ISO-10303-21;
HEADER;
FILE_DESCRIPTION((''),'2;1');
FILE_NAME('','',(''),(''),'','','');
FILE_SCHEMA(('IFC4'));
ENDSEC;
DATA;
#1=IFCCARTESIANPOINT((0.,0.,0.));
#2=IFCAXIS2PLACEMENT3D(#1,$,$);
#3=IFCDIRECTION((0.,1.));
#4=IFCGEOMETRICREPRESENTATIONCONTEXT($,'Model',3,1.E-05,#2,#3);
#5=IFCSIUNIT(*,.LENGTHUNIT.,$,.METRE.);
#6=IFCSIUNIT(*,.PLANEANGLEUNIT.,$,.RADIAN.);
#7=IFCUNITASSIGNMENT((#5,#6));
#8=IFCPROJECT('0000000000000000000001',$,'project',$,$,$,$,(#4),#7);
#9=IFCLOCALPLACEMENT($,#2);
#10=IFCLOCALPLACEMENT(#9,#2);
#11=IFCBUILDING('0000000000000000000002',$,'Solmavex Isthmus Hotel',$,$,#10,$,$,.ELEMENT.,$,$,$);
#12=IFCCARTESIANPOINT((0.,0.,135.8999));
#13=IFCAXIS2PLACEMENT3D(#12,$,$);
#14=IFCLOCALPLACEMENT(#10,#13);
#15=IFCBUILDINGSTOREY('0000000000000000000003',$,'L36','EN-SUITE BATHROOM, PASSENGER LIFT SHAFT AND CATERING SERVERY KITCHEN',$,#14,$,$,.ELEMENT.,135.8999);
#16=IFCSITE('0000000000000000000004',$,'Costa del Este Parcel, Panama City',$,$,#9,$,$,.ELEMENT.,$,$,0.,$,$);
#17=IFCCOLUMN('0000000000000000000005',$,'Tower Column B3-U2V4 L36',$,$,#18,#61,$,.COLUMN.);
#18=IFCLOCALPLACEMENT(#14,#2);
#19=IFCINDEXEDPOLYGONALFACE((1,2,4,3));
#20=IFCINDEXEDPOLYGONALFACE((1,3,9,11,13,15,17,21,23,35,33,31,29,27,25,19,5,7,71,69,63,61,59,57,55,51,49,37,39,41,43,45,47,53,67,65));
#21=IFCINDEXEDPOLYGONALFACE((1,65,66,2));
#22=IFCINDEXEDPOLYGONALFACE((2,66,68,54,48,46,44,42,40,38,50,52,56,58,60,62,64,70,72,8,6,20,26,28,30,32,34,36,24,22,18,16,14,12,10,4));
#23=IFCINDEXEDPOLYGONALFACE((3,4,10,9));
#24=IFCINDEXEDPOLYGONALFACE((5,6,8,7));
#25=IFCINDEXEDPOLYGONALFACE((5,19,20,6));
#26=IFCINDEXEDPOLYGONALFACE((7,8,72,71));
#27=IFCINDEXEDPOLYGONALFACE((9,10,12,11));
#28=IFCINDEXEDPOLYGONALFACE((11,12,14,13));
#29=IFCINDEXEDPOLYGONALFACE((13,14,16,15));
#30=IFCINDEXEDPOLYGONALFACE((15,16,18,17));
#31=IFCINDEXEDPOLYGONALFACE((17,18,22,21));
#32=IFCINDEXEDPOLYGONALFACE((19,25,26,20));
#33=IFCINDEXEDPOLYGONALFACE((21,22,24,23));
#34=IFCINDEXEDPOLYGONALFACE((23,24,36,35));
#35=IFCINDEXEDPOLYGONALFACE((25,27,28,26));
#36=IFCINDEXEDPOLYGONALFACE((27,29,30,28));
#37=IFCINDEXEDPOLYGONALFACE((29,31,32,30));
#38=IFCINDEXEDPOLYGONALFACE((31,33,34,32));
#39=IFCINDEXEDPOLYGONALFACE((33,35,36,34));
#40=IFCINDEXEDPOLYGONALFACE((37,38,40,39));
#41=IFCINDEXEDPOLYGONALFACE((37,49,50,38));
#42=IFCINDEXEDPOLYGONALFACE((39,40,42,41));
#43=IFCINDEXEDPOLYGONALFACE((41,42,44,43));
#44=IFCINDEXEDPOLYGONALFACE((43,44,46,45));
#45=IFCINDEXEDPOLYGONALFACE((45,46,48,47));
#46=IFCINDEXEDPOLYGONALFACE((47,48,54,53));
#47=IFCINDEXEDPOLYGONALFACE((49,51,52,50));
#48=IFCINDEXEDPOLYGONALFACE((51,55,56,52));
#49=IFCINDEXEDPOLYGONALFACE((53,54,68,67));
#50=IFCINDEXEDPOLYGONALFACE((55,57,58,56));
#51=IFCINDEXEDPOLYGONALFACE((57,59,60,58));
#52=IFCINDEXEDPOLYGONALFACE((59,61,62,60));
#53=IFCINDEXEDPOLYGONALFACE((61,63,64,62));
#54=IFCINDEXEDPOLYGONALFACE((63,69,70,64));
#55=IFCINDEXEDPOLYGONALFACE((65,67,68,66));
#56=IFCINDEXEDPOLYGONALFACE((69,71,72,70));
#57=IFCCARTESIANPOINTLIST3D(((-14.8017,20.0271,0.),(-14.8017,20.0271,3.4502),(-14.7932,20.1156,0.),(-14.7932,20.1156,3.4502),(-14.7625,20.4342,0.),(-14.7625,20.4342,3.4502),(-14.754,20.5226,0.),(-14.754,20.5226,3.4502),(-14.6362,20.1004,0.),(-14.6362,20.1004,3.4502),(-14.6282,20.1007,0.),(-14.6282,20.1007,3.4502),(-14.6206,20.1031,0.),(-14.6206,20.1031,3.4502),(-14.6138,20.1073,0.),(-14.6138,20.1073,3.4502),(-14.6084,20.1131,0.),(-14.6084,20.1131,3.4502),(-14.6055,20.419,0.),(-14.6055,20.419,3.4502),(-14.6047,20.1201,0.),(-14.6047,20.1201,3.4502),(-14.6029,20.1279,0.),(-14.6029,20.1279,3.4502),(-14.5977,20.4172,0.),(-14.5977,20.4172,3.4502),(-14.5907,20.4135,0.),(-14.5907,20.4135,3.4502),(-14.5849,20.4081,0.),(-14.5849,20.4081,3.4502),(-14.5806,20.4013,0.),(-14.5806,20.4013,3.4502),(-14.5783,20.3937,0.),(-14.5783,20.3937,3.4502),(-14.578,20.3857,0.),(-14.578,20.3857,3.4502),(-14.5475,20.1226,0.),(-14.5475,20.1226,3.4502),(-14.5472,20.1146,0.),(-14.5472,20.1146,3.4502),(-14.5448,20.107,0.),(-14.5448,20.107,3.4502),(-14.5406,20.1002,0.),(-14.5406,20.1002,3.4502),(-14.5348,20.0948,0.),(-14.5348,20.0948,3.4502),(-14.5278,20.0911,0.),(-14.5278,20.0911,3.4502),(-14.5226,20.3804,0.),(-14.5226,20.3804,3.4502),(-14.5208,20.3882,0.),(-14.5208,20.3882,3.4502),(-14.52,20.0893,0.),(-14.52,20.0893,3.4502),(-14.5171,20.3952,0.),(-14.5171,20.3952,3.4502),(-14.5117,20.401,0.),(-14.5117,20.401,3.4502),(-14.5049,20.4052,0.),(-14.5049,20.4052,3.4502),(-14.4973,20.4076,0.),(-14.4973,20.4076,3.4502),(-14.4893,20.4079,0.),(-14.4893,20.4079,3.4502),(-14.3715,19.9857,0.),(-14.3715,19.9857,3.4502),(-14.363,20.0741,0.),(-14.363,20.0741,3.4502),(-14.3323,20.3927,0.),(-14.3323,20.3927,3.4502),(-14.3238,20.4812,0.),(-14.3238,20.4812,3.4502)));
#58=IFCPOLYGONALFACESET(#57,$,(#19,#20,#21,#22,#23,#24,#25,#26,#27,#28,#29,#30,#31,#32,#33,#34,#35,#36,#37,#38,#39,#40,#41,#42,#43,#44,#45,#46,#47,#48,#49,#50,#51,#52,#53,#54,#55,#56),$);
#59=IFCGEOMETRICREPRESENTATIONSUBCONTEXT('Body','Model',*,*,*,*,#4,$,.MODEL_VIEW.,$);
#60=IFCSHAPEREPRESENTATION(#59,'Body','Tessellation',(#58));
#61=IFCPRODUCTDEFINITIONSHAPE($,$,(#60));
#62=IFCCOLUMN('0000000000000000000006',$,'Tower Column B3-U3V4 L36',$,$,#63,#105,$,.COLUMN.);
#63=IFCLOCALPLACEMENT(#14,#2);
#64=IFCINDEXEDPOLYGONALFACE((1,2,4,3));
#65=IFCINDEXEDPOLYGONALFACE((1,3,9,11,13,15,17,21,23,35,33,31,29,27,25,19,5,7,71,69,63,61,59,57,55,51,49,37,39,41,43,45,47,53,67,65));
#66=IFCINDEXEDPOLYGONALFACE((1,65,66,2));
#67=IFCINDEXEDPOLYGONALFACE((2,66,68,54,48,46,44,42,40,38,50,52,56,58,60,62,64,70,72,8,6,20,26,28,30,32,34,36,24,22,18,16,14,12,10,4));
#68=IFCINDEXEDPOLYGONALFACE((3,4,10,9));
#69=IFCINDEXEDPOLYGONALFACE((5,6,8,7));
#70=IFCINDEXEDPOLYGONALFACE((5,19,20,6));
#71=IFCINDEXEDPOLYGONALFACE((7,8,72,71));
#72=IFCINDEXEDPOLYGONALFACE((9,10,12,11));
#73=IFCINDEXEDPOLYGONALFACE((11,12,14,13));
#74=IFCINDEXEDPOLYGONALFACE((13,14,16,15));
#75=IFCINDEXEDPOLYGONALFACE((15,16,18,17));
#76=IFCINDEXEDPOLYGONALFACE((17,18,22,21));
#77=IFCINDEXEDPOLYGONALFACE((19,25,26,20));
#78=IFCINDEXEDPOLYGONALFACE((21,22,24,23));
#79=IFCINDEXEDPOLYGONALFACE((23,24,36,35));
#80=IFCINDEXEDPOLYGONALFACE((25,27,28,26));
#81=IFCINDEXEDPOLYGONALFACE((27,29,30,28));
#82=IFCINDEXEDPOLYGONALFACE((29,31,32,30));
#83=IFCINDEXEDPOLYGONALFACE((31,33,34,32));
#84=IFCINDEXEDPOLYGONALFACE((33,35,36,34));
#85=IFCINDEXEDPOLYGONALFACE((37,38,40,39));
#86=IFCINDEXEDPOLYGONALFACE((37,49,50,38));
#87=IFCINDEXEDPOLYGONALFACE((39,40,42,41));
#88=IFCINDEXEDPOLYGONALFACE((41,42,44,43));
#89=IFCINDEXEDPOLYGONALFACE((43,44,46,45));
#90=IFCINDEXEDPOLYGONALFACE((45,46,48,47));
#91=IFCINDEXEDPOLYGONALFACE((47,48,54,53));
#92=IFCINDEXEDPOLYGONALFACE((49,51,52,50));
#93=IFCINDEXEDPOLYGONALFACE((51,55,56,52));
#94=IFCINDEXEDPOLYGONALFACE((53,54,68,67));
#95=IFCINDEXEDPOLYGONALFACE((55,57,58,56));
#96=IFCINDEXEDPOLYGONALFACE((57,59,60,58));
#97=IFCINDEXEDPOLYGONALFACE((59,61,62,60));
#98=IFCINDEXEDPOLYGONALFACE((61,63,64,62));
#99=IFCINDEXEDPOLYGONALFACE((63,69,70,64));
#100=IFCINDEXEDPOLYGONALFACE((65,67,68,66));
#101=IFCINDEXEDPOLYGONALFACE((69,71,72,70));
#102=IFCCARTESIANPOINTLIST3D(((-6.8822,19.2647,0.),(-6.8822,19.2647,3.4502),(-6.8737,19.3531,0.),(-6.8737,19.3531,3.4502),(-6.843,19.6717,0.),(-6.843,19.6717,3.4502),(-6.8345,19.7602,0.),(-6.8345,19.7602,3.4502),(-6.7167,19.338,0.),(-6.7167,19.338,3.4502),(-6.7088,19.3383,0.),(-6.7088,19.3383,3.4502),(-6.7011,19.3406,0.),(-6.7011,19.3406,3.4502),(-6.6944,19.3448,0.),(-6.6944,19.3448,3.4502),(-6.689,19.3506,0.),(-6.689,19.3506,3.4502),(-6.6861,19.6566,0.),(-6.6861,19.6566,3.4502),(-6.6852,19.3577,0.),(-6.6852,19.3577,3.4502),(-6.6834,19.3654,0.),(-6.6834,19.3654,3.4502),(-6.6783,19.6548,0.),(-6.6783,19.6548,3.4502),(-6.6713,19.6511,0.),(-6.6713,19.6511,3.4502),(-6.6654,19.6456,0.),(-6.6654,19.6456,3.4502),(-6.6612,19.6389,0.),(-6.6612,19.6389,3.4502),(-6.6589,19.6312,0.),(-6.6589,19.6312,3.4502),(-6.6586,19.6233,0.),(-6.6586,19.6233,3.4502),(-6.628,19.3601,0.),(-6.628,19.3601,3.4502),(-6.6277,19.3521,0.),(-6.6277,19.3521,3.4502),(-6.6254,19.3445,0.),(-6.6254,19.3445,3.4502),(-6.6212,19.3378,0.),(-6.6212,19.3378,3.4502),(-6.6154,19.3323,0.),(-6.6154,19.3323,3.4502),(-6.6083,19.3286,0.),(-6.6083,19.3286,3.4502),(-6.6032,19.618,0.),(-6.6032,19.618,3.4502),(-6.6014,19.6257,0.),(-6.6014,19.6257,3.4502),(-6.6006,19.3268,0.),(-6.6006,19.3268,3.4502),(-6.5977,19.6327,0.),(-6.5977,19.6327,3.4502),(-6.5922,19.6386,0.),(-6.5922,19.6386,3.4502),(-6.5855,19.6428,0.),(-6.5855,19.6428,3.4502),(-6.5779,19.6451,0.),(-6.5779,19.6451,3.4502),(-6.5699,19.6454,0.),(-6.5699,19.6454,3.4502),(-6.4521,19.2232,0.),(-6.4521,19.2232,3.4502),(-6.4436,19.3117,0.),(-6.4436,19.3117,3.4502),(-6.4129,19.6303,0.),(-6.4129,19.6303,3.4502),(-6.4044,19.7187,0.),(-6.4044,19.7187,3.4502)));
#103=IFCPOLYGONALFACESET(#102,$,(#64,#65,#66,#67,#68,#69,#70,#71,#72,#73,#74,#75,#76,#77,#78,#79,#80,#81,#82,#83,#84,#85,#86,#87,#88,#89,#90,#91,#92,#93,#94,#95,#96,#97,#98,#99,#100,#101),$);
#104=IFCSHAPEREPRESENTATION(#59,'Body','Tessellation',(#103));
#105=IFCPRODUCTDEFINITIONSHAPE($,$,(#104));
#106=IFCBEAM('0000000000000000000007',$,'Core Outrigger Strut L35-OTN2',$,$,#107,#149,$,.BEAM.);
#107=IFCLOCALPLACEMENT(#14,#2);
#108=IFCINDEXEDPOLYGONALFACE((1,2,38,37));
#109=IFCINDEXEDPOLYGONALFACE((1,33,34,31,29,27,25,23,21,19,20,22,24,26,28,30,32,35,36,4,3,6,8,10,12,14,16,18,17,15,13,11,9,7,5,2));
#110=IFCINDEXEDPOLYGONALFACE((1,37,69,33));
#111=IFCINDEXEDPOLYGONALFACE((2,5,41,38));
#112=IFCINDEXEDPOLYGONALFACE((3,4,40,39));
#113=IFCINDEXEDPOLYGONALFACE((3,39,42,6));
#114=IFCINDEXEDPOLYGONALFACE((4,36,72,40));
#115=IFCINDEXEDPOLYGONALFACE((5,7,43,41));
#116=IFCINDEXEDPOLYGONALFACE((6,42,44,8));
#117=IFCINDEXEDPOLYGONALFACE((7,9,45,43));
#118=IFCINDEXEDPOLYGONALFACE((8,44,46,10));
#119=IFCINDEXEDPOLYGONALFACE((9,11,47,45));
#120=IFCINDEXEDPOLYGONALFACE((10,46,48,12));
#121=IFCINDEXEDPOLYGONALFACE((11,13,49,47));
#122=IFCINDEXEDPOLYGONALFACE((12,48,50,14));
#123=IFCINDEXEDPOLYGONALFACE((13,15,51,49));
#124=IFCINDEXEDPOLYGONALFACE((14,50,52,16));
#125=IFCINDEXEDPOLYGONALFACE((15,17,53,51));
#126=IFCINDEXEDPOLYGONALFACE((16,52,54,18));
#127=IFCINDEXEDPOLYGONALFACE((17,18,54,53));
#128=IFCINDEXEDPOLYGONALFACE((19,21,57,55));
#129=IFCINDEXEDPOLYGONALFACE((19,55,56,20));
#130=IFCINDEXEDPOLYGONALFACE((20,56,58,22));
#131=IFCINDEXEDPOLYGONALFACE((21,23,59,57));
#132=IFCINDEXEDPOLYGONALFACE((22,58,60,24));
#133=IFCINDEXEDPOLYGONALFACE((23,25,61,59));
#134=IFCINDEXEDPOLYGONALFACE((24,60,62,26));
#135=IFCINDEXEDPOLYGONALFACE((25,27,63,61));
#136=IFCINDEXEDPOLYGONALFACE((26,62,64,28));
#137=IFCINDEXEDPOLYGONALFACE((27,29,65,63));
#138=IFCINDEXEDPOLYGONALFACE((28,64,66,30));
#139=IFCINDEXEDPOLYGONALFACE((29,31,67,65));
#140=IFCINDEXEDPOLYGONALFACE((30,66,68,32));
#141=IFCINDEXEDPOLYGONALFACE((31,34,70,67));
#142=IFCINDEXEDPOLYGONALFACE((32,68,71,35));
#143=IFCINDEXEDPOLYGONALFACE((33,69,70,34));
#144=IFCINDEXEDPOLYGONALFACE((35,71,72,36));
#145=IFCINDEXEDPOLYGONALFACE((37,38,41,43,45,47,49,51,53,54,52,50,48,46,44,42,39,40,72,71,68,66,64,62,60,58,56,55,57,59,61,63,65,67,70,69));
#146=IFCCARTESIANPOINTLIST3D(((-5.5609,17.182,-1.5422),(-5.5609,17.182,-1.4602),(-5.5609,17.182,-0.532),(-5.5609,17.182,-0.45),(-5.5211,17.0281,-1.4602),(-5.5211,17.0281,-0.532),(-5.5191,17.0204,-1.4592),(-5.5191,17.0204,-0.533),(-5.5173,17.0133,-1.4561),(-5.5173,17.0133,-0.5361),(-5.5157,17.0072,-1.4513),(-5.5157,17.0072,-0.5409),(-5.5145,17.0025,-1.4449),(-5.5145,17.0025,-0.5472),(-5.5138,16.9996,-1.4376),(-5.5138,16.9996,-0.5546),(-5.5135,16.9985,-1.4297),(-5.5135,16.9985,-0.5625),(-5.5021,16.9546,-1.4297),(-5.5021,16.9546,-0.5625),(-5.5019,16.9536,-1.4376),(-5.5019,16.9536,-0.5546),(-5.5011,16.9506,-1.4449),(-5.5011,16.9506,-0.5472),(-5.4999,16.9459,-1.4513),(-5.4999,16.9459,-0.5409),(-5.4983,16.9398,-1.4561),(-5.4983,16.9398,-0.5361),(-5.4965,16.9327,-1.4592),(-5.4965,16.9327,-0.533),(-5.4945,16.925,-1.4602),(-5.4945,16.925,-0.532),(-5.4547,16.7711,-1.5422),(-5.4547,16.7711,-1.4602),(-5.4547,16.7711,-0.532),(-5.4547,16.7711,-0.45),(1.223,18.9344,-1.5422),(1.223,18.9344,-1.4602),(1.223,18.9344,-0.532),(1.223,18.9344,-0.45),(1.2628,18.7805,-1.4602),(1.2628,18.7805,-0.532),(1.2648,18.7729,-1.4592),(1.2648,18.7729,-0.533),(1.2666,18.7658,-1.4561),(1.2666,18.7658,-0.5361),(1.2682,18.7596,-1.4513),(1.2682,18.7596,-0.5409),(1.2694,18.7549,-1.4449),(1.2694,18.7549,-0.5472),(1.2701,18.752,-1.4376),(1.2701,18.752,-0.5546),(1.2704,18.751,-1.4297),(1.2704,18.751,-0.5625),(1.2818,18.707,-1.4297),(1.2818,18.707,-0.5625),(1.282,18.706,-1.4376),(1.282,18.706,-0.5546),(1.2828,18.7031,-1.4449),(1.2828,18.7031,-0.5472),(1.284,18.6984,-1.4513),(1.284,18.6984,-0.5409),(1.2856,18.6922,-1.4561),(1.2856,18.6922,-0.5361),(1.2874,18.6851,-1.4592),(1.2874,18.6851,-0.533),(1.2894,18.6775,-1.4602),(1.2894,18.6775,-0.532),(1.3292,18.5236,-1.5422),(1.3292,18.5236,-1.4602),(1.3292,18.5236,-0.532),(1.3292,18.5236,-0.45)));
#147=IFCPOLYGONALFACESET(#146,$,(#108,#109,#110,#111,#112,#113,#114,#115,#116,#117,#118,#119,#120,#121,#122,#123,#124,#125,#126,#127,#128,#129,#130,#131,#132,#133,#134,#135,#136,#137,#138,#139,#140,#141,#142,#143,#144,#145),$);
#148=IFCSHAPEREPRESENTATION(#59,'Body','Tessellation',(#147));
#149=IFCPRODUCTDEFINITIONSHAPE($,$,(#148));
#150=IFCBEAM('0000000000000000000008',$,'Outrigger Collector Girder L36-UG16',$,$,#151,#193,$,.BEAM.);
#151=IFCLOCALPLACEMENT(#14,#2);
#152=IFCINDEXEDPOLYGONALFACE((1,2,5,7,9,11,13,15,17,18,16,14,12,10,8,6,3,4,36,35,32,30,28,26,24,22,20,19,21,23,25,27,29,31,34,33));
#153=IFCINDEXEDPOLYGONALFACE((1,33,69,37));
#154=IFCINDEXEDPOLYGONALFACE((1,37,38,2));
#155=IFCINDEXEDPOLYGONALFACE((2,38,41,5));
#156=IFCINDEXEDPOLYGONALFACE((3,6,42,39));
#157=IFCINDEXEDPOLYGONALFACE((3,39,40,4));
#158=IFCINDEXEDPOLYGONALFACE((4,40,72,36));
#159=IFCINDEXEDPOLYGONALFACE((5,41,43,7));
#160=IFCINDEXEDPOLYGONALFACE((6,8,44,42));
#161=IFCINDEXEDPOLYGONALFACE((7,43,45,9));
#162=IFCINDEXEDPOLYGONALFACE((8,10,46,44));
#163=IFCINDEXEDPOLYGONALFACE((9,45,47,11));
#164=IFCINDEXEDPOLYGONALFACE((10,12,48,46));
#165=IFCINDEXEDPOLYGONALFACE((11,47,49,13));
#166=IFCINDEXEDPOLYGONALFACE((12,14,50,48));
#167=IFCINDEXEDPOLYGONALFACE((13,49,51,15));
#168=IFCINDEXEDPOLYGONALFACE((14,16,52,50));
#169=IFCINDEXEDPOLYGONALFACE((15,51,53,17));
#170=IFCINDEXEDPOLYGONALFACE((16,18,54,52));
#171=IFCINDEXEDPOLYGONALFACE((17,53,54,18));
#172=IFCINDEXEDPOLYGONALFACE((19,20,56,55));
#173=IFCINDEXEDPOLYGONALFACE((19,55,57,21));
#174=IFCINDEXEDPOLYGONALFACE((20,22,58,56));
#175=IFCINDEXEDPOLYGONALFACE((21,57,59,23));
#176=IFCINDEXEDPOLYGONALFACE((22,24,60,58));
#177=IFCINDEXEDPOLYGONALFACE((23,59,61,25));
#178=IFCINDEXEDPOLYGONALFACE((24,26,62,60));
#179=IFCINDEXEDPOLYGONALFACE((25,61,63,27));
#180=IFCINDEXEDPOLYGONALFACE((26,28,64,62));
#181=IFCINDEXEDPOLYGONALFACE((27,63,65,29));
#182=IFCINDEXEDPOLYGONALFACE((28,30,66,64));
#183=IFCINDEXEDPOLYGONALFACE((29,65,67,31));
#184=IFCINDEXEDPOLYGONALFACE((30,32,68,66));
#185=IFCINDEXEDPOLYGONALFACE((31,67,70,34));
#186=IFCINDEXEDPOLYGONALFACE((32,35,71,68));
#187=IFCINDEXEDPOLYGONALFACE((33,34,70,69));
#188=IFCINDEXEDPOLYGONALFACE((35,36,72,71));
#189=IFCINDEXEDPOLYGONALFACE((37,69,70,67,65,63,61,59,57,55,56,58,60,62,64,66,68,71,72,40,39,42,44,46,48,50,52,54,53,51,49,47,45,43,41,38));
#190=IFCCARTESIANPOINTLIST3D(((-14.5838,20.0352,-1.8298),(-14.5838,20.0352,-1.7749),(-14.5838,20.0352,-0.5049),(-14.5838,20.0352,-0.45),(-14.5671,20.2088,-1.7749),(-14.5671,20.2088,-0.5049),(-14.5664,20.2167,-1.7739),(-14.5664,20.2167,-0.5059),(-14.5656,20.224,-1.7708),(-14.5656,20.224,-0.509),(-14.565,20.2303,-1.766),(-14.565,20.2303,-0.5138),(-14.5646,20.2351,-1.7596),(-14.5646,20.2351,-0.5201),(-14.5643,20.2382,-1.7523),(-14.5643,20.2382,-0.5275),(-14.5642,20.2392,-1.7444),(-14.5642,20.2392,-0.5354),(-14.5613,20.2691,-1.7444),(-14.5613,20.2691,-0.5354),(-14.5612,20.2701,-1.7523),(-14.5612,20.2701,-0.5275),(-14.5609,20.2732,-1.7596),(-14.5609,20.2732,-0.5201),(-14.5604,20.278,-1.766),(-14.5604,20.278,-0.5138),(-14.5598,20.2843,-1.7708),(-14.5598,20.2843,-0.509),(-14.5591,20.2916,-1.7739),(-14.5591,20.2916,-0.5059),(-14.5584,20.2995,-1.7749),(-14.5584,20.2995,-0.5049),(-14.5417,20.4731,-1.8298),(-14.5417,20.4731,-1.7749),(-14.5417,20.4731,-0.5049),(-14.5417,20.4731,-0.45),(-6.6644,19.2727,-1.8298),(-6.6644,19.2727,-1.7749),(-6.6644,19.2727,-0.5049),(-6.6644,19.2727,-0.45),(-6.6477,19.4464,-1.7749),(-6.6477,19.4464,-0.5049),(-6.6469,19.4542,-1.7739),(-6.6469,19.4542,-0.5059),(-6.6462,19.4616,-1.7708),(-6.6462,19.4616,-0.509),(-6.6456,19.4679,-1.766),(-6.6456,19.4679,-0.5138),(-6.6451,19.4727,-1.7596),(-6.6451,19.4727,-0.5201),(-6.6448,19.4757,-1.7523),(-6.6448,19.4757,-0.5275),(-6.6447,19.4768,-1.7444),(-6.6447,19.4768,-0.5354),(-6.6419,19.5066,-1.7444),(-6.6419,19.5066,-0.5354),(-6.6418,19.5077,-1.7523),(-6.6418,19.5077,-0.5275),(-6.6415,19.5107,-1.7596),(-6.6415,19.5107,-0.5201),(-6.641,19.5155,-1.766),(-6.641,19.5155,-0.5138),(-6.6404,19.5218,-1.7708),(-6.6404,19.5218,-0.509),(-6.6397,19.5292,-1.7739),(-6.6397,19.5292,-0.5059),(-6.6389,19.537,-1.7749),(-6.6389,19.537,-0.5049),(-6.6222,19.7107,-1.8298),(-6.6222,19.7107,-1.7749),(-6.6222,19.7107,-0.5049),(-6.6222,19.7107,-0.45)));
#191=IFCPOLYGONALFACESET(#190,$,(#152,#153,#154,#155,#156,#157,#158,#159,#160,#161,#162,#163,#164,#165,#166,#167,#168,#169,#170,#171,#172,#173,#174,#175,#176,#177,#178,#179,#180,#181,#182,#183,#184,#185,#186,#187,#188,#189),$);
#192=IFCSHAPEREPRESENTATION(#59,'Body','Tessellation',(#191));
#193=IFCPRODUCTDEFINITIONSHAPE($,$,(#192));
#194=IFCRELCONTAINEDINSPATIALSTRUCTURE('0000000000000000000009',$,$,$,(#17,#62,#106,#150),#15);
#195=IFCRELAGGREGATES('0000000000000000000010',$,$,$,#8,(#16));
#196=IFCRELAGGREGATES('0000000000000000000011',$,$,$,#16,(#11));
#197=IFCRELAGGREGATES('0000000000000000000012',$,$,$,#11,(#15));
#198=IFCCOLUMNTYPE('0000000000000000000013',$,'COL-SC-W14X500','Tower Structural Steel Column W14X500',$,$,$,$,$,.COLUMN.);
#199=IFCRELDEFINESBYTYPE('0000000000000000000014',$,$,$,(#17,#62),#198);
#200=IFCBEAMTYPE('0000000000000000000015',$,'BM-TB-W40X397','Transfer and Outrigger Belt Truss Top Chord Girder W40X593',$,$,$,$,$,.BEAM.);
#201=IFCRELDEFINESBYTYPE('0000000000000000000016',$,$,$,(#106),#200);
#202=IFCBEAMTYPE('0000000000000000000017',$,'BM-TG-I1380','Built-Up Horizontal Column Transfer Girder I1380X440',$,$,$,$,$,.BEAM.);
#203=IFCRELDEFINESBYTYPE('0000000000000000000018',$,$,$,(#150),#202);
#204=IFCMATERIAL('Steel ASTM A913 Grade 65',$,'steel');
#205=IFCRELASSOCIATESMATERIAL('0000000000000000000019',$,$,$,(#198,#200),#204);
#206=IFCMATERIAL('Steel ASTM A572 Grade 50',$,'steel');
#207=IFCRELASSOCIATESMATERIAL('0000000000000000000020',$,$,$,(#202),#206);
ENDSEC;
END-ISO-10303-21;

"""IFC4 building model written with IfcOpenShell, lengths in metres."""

from ifc_helpers import new_model, si_unit, direction, frame, origin, origin_2d, place, context, subcontext, project, spatial, i_section, extrude, material, material_profile, profile_set, type_object, element, save


model = new_model("IFC4")

# Units and contexts
model_context = context("Model", 3, precision=1e-05, world=origin(), true_north=direction((0.0, 1.0)))
body_context = subcontext(model_context, "Body", "Model", "MODEL_VIEW")
ifc_project = project(units=[si_unit("LENGTHUNIT", "METRE"), si_unit("PLANEANGLEUNIT", "RADIAN")], contexts=[model_context])

# Site, building, storey
site_placement = place(None, origin())
site = spatial("IfcSite", under=ifc_project, at=site_placement, Name="Costa del Este Parcel, Panama City", CompositionType="ELEMENT", RefElevation=0.0)
building_placement = place(site_placement, origin())
building = spatial("IfcBuilding", under=site, at=building_placement, Name="Solmavex Isthmus Hotel", CompositionType="ELEMENT")
storey_placement = place(building_placement, frame((0.0, 0.0, 135.8999)))
storey = spatial("IfcBuildingStorey", under=building, at=storey_placement, Name="L36", Description="EN-SUITE BATHROOM, PASSENGER LIFT SHAFT AND CATERING SERVERY KITCHEN", CompositionType="ELEMENT", Elevation=135.8999)

# Columns
ifc_material_1 = material(Name="Steel ASTM A913 Grade 65", Category="steel")
ifc_material_profile_1 = material_profile(ifc_material_1, i_section(OverallWidth=0.4321, OverallDepth=0.4978, WebThickness=0.0557, FlangeThickness=0.0889, FilletRadius=0.0305, at=origin_2d()), Name="W14X500")
ifc_profile_set_1 = profile_set([ifc_material_profile_1], Name="Steel ASTM A913 Grade 65")
column_type = type_object("IfcColumnType", Name="COL-SC-W14X500", Description="Tower Structural Steel Column W14X500", PredefinedType="COLUMN", material=ifc_profile_set_1)
for number, where, z_axis, x_axis, name in (
    (1, (-14.5627, 20.2542, 0.0), (0.0, 0.0, 1.0), (0.995396, -0.095846, 0.0), "Tower Column B3-U2V4 L36"),
    (2, (-6.6433, 19.4917, 0.0), (0.0, 0.0, 1.0), (0.995396, -0.095846, 0.0), "Tower Column B3-U3V4 L36"),
):
    element("IfcColumn", number, at=place(storey_placement, frame(where, z_axis=z_axis, x_axis=x_axis)), inside=storey, type_object=column_type, Name=name, PredefinedType="COLUMN", context=body_context, shape_type="SweptSolid", body=[
        extrude(i_section(OverallWidth=0.4321, OverallDepth=0.4978, WebThickness=0.0557, FlangeThickness=0.0889, FilletRadius=0.0305, at=origin_2d()), origin(), (0.0, 0.0, 1.0), 3.4502),
    ])

# Beams
ifc_material_profile_2 = material_profile(ifc_material_1, i_section(OverallWidth=0.4243, OverallDepth=1.0923, WebThickness=0.0454, FlangeThickness=0.082, FilletRadius=0.0305, at=origin_2d()), Name="W40X593")
ifc_profile_set_2 = profile_set([ifc_material_profile_2], Name="Steel ASTM A913 Grade 65")
beam_type_1 = type_object("IfcBeamType", Name="BM-TB-W40X397", Description="Transfer and Outrigger Belt Truss Top Chord Girder W40X593", PredefinedType="BEAM", material=ifc_profile_set_2)
beam_placement = place(storey_placement, frame((-5.5078, 16.9766, -0.9961), z_axis=(0.968217, 0.250112, 0.0), x_axis=(-0.250112, 0.968217, 0.0)))
element("IfcBeam", 3, at=beam_placement, inside=storey, type_object=beam_type_1, Name="Core Outrigger Strut L35-OTN2", PredefinedType="BEAM", context=body_context, shape_type="SweptSolid", body=[
    extrude(i_section(OverallWidth=0.4243, OverallDepth=1.0923, WebThickness=0.0454, FlangeThickness=0.082, FilletRadius=0.0305, at=origin_2d()), origin(), (0.0, 0.0, 1.0), 7.0066),
])
ifc_material_2 = material(Name="Steel ASTM A572 Grade 50", Category="steel")
ifc_material_profile_3 = material_profile(ifc_material_2, i_section(OverallWidth=0.4399, OverallDepth=1.3799, WebThickness=0.03, FlangeThickness=0.0549, FilletRadius=0.0305, at=origin_2d()), Name="I1380X440")
ifc_profile_set_3 = profile_set([ifc_material_profile_3], Name="Steel ASTM A572 Grade 50")
beam_type_2 = type_object("IfcBeamType", Name="BM-TG-I1380", Description="Built-Up Horizontal Column Transfer Girder I1380X440", PredefinedType="BEAM", material=ifc_profile_set_3)
for number, where, z_axis, x_axis, name in (
    (4, (-14.5627, 20.2542, -1.1399), (0.995397, -0.095833, 0.0), (0.095833, 0.995397, 0.0), "Outrigger Collector Girder L36-UG16"),
):
    element("IfcBeam", number, at=place(storey_placement, frame(where, z_axis=z_axis, x_axis=x_axis)), inside=storey, type_object=beam_type_2, Name=name, PredefinedType="BEAM", context=body_context, shape_type="SweptSolid", body=[
        extrude(i_section(OverallWidth=0.4399, OverallDepth=1.3799, WebThickness=0.03, FlangeThickness=0.0549, FilletRadius=0.0305, at=origin_2d()), origin(), (0.0, 0.0, 1.0), 7.9561),
    ])

save(model, "model.ifc")
